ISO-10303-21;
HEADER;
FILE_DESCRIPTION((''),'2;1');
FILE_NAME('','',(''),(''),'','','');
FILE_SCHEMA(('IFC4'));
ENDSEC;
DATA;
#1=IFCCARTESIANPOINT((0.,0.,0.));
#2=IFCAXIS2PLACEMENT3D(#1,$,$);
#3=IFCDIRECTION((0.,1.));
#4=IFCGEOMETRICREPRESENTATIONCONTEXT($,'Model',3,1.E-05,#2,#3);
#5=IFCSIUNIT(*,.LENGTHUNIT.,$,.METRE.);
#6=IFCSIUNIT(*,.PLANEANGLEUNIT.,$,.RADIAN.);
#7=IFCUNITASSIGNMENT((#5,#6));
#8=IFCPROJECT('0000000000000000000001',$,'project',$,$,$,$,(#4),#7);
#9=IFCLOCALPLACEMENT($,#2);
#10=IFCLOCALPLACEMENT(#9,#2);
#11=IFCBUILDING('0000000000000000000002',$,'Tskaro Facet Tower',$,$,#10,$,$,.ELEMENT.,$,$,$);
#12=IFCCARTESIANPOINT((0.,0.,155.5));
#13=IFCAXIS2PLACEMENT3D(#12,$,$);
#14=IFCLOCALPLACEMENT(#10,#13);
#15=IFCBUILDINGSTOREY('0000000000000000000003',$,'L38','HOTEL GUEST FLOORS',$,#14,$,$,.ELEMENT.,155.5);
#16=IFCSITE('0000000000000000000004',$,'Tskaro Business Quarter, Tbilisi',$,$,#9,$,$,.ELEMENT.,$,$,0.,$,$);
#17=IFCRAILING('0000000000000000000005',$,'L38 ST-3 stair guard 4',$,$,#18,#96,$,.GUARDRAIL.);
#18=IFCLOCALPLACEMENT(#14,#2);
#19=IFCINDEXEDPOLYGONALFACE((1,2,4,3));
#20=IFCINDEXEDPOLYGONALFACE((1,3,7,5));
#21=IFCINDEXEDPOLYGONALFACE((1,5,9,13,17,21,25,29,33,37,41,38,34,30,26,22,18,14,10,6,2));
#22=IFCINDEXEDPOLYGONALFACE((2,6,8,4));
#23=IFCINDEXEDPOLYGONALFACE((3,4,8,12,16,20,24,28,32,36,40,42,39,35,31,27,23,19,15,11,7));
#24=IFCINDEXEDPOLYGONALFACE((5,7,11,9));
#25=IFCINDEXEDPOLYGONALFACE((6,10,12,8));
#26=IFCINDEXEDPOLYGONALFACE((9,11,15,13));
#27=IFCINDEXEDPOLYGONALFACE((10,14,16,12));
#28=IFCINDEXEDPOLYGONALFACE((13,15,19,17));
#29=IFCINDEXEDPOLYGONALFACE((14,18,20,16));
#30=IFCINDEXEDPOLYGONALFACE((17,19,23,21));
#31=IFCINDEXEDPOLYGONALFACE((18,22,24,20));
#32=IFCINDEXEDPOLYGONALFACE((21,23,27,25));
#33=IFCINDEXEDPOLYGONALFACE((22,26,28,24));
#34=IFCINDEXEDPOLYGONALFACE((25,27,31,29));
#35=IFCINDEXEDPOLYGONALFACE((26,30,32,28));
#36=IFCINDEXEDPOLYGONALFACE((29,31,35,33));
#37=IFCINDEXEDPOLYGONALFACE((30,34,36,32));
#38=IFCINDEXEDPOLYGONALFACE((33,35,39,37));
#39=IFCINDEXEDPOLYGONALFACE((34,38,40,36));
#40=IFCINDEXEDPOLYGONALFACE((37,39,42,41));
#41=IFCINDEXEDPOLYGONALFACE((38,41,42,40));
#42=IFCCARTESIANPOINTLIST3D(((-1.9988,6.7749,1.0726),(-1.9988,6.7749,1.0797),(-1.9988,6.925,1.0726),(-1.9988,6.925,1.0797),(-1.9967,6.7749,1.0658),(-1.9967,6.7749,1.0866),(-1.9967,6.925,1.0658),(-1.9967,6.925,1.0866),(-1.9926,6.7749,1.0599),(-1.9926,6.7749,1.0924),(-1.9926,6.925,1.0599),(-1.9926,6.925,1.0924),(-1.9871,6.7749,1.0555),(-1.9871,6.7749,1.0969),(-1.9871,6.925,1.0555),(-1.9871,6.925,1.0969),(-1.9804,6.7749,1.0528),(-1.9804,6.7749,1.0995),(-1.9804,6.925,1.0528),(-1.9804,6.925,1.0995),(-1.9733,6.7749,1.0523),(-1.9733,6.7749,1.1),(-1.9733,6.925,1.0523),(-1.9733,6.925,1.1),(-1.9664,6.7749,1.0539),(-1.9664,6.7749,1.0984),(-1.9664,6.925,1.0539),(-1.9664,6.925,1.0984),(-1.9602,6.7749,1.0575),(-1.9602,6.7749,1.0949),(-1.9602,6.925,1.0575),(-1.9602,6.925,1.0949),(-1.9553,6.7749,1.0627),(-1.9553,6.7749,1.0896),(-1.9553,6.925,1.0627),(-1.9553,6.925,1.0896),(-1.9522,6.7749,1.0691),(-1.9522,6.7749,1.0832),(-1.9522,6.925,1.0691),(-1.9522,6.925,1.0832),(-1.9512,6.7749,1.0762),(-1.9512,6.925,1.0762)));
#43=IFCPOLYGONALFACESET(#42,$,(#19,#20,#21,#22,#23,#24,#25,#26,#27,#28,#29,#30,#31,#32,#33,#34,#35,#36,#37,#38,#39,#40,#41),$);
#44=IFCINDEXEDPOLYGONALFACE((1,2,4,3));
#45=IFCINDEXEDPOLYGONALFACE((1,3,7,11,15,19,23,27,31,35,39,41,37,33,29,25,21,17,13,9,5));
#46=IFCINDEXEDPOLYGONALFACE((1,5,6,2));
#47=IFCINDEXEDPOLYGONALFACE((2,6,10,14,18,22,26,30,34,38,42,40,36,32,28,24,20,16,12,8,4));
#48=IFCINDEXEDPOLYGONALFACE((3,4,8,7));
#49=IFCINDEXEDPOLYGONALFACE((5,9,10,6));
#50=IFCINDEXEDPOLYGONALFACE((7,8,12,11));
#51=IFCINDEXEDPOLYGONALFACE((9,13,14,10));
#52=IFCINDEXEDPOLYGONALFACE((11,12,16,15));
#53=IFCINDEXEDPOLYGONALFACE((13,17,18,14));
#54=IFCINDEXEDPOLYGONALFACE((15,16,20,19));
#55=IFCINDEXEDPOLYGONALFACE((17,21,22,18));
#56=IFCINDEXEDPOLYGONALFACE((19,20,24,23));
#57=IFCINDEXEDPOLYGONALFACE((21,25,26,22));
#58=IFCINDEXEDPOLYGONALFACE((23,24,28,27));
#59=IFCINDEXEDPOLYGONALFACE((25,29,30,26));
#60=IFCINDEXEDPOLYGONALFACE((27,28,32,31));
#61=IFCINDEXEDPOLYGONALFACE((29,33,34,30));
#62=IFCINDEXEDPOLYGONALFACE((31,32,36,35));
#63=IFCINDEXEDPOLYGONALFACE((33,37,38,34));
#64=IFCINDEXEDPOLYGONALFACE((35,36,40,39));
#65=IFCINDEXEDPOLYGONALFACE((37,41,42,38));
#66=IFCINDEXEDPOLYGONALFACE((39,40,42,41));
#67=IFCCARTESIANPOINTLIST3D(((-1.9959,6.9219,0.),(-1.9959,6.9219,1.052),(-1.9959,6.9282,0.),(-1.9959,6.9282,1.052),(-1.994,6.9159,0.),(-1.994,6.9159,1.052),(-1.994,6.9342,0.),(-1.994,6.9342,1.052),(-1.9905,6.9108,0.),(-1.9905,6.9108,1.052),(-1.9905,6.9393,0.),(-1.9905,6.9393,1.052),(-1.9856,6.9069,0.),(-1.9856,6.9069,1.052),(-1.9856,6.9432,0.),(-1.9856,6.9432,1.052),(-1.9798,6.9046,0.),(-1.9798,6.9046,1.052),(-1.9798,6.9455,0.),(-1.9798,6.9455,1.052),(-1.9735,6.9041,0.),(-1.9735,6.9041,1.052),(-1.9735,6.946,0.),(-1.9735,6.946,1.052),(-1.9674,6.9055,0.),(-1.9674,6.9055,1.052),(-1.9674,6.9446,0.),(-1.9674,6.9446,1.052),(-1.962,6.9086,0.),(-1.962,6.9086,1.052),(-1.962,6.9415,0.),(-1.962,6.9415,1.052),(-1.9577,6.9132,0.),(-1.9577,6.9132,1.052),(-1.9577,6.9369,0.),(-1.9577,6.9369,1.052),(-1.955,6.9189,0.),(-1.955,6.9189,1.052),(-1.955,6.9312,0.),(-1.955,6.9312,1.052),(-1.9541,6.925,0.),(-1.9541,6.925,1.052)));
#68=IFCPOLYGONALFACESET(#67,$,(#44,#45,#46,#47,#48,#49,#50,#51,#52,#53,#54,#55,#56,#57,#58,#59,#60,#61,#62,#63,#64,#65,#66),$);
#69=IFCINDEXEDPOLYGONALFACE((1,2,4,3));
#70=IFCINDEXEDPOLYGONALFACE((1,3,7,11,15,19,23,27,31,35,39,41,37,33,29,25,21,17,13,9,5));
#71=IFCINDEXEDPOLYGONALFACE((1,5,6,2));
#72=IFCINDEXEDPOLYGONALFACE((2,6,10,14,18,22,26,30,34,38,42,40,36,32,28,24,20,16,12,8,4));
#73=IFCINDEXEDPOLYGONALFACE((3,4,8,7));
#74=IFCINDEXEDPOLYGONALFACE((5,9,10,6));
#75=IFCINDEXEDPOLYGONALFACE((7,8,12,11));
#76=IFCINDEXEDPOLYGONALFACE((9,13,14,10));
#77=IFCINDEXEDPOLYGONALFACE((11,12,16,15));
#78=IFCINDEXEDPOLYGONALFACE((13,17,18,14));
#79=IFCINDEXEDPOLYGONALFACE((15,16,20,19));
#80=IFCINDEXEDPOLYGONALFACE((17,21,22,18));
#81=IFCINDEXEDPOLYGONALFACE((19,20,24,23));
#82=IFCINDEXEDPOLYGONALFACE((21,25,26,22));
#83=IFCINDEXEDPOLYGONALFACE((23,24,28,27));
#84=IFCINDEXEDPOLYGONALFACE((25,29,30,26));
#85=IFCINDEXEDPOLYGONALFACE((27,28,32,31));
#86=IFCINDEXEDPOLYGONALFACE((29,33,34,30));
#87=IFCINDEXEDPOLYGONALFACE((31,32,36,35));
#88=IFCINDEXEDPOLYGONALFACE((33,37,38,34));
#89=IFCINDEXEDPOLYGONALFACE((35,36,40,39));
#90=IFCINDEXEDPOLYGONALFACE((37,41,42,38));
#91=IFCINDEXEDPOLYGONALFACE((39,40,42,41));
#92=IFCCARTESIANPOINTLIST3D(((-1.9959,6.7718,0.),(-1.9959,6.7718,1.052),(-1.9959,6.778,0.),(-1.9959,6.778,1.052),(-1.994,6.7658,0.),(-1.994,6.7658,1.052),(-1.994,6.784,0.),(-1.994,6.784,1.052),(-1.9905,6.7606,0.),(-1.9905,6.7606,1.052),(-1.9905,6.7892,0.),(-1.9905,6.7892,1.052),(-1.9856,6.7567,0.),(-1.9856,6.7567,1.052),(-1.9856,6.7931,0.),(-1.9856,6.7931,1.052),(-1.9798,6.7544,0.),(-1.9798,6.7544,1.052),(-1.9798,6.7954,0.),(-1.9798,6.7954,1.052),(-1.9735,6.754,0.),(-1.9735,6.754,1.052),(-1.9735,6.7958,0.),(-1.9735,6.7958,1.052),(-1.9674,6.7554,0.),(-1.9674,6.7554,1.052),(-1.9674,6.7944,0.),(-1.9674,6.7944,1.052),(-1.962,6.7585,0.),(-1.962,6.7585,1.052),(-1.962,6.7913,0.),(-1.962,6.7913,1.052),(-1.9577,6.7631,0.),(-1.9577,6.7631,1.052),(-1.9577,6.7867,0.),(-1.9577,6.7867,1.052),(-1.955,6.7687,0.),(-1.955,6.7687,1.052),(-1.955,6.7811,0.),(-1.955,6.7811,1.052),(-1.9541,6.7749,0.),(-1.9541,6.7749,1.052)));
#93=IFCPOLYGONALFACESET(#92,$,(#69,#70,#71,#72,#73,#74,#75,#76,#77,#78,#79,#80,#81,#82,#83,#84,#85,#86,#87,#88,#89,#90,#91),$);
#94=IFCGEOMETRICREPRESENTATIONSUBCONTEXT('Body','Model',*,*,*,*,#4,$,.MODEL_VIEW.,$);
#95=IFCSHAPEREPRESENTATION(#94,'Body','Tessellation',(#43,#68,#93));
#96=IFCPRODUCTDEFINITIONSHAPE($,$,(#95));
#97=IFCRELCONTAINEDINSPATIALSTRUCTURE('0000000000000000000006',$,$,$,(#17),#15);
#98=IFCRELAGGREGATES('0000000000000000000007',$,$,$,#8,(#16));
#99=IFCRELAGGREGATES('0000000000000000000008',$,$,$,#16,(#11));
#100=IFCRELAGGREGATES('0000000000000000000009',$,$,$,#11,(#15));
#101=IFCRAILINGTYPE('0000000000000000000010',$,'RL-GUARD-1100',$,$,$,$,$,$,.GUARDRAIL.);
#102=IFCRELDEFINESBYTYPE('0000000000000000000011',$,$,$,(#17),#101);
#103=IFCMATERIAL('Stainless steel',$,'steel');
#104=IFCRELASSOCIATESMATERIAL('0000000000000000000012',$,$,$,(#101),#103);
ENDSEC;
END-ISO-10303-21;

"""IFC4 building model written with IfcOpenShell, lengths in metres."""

from ifc_helpers import new_model, si_unit, direction, frame, origin, origin_2d, place, context, subcontext, project, spatial, circle, extrude, material, type_object, element, save


model = new_model("IFC4")

# Units and contexts
model_context = context("Model", 3, precision=1e-05, world=origin(), true_north=direction((0.0, 1.0)))
body_context = subcontext(model_context, "Body", "Model", "MODEL_VIEW")
ifc_project = project(units=[si_unit("LENGTHUNIT", "METRE"), si_unit("PLANEANGLEUNIT", "RADIAN")], contexts=[model_context])

# Site, building, storey
site_placement = place(None, origin())
site = spatial("IfcSite", under=ifc_project, at=site_placement, Name="Tskaro Business Quarter, Tbilisi", CompositionType="ELEMENT", RefElevation=0.0)
building_placement = place(site_placement, origin())
building = spatial("IfcBuilding", under=site, at=building_placement, Name="Tskaro Facet Tower", CompositionType="ELEMENT")
storey_placement = place(building_placement, frame((0.0, 0.0, 155.5)))
storey = spatial("IfcBuildingStorey", under=building, at=storey_placement, Name="L38", Description="HOTEL GUEST FLOORS", CompositionType="ELEMENT", Elevation=155.5)

# Railing
ifc_material_1 = material(Name="Stainless steel", Category="steel")
railing_type_1 = type_object("IfcRailingType", Name="RL-GUARD-1100", PredefinedType="GUARDRAIL", material=ifc_material_1)
railing_1_placement = place(storey_placement, frame((-1.9751, 6.925, 0.0)))
element("IfcRailing", 1, at=railing_1_placement, inside=storey, type_object=railing_type_1, Name="L38 ST-3 stair guard 4", PredefinedType="GUARDRAIL", context=body_context, shape_type="SweptSolid", body=[
    extrude(circle(Radius=0.0239, at=origin_2d()), frame((0.0, 0.0, 1.0762), z_axis=(0.0, -1.0, 0.0), x_axis=(1.0, 0.0, 0.0)), (0.0, 0.0, 1.0), 0.1501),
    extrude(circle(Radius=0.021, at=origin_2d()), origin(), (0.0, 0.0, 1.0), 1.052),
    extrude(circle(Radius=0.021, at=origin_2d()), frame((0.0, -0.1501, 0.0)), (0.0, 0.0, 1.0), 1.052),
])

save(model, "model.ifc")
